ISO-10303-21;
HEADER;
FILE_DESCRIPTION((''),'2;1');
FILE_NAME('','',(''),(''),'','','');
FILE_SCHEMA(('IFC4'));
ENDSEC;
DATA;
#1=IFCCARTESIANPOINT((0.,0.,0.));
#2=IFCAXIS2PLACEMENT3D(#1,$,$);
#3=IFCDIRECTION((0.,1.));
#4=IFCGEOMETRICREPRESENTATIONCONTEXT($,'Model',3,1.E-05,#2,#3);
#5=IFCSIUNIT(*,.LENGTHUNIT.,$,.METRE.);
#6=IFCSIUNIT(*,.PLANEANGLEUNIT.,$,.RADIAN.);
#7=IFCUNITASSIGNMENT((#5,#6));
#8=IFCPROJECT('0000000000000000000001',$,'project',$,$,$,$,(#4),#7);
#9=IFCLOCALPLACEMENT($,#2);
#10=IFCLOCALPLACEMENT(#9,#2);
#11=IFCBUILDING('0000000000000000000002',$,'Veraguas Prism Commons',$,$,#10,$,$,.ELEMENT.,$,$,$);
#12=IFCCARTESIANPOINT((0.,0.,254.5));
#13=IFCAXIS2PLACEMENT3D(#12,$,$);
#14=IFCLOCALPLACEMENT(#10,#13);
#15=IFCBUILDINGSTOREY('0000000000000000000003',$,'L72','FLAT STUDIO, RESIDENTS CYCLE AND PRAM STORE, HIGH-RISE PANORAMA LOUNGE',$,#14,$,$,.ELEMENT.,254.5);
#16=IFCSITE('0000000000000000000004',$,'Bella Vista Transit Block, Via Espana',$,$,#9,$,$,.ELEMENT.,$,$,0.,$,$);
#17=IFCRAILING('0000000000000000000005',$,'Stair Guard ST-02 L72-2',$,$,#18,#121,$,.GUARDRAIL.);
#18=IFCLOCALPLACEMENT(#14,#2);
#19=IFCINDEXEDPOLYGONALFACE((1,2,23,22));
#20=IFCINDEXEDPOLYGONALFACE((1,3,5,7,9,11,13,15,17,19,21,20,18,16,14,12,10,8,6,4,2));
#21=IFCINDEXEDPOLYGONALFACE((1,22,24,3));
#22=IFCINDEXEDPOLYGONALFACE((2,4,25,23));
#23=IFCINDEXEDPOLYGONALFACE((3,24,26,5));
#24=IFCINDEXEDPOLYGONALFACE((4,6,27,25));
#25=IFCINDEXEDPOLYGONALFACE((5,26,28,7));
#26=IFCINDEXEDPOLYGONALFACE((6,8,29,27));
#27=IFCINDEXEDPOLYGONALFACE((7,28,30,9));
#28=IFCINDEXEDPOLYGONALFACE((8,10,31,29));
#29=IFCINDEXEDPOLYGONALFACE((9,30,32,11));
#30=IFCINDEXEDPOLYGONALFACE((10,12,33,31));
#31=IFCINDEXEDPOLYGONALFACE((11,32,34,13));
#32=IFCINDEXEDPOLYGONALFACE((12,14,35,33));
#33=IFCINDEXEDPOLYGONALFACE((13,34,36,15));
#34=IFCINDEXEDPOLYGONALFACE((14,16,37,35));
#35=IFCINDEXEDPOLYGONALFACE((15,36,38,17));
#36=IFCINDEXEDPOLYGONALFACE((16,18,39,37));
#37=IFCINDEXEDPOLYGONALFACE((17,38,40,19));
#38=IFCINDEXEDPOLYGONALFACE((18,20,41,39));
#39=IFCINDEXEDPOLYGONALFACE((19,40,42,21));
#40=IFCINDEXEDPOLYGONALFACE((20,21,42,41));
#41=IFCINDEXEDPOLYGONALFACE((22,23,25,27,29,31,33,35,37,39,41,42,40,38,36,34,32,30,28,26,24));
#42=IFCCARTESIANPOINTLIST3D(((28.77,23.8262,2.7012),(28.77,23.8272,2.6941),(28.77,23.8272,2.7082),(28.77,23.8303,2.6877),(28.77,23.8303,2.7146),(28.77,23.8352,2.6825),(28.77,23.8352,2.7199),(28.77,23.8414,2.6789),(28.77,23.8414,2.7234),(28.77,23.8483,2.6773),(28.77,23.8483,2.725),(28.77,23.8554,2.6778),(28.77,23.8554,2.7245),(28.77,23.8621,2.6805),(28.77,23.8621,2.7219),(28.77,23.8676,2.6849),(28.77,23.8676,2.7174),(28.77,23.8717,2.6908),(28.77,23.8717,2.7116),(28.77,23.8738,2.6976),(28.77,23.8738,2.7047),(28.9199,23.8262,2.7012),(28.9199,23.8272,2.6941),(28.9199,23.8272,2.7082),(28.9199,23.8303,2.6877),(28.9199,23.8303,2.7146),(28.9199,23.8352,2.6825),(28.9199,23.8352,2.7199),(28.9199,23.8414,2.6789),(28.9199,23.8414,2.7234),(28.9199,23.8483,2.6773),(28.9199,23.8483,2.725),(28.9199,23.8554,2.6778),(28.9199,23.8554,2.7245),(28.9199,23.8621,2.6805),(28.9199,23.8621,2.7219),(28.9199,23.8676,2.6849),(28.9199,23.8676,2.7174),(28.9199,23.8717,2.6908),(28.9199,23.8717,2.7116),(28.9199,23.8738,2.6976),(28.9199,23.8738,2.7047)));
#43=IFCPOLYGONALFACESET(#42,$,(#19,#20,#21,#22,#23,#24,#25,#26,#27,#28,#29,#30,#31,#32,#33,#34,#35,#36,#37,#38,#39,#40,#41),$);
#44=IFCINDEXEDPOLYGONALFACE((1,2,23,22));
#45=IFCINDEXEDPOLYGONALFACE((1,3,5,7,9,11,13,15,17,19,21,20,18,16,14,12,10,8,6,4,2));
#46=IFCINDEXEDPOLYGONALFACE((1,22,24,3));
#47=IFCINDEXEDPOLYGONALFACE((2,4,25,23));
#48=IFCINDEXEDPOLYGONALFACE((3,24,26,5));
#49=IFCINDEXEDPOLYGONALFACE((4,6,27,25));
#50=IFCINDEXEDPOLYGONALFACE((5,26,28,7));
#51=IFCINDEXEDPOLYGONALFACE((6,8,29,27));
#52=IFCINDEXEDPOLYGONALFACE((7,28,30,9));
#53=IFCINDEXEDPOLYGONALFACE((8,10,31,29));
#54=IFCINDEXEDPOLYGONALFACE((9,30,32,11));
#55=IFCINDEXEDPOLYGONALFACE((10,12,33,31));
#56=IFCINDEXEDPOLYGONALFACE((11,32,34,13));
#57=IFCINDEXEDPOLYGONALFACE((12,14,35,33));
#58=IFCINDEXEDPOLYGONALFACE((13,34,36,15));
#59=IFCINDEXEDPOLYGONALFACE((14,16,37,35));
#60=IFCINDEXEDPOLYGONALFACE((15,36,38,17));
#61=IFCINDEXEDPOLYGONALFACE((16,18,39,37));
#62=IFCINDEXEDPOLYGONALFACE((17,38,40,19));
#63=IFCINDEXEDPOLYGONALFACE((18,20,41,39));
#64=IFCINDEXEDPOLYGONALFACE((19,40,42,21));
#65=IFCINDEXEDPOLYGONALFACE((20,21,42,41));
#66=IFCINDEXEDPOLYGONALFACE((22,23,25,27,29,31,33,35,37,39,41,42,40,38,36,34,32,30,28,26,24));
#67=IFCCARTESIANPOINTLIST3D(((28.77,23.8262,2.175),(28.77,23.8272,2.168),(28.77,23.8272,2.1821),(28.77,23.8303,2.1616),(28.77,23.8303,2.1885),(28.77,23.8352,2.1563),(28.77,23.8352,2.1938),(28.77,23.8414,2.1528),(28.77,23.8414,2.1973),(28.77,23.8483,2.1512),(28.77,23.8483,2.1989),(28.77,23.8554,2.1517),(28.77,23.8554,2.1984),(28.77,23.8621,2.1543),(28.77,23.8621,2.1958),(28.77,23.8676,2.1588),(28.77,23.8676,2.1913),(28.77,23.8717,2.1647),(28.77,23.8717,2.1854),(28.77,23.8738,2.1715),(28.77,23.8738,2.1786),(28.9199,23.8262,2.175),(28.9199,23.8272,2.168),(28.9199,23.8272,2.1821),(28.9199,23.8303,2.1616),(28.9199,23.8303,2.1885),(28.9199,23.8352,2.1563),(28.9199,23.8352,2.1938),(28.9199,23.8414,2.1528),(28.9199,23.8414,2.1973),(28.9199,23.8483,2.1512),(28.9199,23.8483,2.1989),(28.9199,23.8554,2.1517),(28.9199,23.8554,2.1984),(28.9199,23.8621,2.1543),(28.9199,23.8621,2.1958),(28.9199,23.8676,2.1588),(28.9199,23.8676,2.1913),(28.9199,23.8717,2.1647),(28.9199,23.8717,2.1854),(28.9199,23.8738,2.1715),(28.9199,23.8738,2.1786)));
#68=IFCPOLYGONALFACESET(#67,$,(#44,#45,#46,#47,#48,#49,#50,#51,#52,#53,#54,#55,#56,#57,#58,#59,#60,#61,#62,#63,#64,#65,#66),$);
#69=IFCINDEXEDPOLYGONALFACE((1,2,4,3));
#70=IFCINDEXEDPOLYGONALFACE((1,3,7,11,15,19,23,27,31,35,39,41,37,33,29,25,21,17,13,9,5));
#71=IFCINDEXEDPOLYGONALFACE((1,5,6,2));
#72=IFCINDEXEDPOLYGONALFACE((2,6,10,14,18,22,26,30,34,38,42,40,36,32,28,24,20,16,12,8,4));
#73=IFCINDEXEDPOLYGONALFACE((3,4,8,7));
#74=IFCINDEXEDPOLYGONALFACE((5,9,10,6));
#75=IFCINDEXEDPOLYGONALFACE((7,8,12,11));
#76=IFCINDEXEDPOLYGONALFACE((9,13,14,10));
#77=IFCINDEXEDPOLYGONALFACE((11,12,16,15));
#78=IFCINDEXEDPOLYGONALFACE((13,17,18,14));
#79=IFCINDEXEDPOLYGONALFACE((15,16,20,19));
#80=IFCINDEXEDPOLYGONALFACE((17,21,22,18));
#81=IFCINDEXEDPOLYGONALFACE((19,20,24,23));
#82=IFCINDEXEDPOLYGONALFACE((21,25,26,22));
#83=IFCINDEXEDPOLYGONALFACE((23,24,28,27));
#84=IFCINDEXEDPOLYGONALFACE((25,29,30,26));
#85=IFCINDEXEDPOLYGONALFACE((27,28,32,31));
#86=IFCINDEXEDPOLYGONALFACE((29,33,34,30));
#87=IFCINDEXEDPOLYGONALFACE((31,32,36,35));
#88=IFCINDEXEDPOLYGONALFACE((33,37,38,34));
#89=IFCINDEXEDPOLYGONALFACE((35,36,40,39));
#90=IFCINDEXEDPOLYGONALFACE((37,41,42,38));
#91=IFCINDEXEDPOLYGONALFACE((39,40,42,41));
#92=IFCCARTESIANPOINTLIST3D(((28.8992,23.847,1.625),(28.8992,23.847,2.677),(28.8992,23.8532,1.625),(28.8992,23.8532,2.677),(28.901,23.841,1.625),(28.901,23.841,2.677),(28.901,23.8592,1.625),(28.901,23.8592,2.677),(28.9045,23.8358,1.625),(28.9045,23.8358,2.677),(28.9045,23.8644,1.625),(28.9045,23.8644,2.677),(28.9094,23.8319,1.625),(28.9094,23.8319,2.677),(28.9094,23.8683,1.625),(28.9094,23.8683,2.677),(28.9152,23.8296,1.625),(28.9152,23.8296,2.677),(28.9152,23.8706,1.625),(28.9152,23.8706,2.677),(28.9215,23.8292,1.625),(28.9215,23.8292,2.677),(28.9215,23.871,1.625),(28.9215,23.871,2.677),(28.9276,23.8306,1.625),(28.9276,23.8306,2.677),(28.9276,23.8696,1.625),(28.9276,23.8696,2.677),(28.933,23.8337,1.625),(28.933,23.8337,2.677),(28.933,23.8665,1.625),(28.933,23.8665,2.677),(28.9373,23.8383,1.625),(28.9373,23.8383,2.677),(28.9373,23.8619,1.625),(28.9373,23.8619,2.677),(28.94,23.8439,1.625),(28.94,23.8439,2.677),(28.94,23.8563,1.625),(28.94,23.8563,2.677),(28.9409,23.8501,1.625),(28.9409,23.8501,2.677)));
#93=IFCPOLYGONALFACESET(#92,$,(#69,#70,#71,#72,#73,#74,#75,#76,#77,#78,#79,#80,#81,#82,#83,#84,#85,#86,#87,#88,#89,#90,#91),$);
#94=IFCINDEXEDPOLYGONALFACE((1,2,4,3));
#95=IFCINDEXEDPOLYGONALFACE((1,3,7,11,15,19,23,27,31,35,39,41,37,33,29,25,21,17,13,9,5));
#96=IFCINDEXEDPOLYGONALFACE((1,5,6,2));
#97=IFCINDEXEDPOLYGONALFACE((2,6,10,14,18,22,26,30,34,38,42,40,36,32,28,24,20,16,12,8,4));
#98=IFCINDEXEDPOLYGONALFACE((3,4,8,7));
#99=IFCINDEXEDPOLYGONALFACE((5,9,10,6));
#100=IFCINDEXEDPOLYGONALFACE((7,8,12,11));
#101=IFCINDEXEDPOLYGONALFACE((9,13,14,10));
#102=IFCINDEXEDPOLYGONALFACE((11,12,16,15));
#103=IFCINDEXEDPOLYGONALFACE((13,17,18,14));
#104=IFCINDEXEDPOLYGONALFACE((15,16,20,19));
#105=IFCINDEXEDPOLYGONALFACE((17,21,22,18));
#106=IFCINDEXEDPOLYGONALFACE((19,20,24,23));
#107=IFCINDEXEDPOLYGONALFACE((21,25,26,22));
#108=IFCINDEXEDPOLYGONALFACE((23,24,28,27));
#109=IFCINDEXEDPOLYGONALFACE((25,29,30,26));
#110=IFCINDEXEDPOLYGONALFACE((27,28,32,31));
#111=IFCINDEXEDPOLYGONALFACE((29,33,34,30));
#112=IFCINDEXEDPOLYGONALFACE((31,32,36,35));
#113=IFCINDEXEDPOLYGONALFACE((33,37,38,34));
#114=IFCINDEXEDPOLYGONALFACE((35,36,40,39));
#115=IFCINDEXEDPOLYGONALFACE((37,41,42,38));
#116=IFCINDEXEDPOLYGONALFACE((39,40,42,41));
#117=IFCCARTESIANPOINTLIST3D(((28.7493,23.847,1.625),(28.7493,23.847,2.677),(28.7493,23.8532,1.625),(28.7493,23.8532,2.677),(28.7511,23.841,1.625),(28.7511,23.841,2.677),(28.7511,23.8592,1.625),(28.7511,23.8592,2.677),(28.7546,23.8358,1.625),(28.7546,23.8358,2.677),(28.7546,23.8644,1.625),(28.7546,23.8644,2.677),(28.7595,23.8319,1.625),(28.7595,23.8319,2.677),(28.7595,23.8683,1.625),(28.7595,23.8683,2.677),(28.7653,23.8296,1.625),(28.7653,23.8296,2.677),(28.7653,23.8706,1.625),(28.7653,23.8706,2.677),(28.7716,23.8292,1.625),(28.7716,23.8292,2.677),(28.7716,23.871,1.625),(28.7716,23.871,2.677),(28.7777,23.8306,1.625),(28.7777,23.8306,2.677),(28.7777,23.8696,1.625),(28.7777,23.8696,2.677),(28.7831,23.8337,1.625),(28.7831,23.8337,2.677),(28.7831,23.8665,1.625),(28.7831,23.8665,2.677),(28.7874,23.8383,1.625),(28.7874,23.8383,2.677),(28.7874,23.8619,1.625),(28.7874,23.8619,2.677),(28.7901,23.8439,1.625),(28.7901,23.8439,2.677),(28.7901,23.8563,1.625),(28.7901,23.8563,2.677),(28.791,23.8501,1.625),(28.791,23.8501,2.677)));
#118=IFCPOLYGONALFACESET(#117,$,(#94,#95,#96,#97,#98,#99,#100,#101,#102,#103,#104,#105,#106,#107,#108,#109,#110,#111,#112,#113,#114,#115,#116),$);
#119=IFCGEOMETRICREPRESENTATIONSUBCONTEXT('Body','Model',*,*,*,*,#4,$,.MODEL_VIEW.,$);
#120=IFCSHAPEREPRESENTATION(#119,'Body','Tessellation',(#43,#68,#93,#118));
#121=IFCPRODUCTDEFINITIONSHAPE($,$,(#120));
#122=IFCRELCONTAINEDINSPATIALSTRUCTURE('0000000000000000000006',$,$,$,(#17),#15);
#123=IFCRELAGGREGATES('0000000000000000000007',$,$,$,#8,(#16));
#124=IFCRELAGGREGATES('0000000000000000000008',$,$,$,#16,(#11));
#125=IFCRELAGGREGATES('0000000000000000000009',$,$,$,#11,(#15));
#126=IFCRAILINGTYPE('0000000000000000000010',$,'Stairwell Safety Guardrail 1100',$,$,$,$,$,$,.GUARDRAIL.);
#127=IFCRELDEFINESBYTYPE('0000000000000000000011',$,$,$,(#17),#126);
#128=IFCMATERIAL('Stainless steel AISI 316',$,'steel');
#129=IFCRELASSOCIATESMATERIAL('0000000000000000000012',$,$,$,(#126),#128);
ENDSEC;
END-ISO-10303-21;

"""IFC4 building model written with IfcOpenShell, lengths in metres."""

from ifc_helpers import new_model, si_unit, direction, frame, origin, origin_2d, place, context, subcontext, project, spatial, circle, extrude, material, type_object, element, save


model = new_model("IFC4")

# Units and contexts
model_context = context("Model", 3, precision=1e-05, world=origin(), true_north=direction((0.0, 1.0)))
body_context = subcontext(model_context, "Body", "Model", "MODEL_VIEW")
ifc_project = project(units=[si_unit("LENGTHUNIT", "METRE"), si_unit("PLANEANGLEUNIT", "RADIAN")], contexts=[model_context])

# Site, building, storey
site_placement = place(None, origin())
site = spatial("IfcSite", under=ifc_project, at=site_placement, Name="Bella Vista Transit Block, Via Espana", CompositionType="ELEMENT", RefElevation=0.0)
building_placement = place(site_placement, origin())
building = spatial("IfcBuilding", under=site, at=building_placement, Name="Veraguas Prism Commons", CompositionType="ELEMENT")
storey_placement = place(building_placement, frame((0.0, 0.0, 254.5)))
storey = spatial("IfcBuildingStorey", under=building, at=storey_placement, Name="L72", Description="FLAT STUDIO, RESIDENTS CYCLE AND PRAM STORE, HIGH-RISE PANORAMA LOUNGE", CompositionType="ELEMENT", Elevation=254.5)

# Railing
ifc_material_1 = material(Name="Stainless steel AISI 316", Category="steel")
railing_type_1 = type_object("IfcRailingType", Name="Stairwell Safety Guardrail 1100", PredefinedType="GUARDRAIL", material=ifc_material_1)
railing_1_placement = place(storey_placement, frame((28.9199, 23.8501, 1.625)))
element("IfcRailing", 1, at=railing_1_placement, inside=storey, type_object=railing_type_1, Name="Stair Guard ST-02 L72-2", PredefinedType="GUARDRAIL", context=body_context, shape_type="SweptSolid", body=[
    extrude(circle(Radius=0.0239, at=origin_2d()), frame((0.0, 0.0, 1.0762), z_axis=(-1.0, 0.0, 0.0), x_axis=(0.0, -1.0, 0.0)), (0.0, 0.0, 1.0), 0.1499),
    extrude(circle(Radius=0.0239, at=origin_2d()), frame((0.0, 0.0, 0.55), z_axis=(-1.0, 0.0, 0.0), x_axis=(0.0, -1.0, 0.0)), (0.0, 0.0, 1.0), 0.1499),
    extrude(circle(Radius=0.021, at=origin_2d()), origin(), (0.0, 0.0, 1.0), 1.052),
    extrude(circle(Radius=0.021, at=origin_2d()), frame((-0.1499, 0.0, 0.0)), (0.0, 0.0, 1.0), 1.052),
])

save(model, "model.ifc")
